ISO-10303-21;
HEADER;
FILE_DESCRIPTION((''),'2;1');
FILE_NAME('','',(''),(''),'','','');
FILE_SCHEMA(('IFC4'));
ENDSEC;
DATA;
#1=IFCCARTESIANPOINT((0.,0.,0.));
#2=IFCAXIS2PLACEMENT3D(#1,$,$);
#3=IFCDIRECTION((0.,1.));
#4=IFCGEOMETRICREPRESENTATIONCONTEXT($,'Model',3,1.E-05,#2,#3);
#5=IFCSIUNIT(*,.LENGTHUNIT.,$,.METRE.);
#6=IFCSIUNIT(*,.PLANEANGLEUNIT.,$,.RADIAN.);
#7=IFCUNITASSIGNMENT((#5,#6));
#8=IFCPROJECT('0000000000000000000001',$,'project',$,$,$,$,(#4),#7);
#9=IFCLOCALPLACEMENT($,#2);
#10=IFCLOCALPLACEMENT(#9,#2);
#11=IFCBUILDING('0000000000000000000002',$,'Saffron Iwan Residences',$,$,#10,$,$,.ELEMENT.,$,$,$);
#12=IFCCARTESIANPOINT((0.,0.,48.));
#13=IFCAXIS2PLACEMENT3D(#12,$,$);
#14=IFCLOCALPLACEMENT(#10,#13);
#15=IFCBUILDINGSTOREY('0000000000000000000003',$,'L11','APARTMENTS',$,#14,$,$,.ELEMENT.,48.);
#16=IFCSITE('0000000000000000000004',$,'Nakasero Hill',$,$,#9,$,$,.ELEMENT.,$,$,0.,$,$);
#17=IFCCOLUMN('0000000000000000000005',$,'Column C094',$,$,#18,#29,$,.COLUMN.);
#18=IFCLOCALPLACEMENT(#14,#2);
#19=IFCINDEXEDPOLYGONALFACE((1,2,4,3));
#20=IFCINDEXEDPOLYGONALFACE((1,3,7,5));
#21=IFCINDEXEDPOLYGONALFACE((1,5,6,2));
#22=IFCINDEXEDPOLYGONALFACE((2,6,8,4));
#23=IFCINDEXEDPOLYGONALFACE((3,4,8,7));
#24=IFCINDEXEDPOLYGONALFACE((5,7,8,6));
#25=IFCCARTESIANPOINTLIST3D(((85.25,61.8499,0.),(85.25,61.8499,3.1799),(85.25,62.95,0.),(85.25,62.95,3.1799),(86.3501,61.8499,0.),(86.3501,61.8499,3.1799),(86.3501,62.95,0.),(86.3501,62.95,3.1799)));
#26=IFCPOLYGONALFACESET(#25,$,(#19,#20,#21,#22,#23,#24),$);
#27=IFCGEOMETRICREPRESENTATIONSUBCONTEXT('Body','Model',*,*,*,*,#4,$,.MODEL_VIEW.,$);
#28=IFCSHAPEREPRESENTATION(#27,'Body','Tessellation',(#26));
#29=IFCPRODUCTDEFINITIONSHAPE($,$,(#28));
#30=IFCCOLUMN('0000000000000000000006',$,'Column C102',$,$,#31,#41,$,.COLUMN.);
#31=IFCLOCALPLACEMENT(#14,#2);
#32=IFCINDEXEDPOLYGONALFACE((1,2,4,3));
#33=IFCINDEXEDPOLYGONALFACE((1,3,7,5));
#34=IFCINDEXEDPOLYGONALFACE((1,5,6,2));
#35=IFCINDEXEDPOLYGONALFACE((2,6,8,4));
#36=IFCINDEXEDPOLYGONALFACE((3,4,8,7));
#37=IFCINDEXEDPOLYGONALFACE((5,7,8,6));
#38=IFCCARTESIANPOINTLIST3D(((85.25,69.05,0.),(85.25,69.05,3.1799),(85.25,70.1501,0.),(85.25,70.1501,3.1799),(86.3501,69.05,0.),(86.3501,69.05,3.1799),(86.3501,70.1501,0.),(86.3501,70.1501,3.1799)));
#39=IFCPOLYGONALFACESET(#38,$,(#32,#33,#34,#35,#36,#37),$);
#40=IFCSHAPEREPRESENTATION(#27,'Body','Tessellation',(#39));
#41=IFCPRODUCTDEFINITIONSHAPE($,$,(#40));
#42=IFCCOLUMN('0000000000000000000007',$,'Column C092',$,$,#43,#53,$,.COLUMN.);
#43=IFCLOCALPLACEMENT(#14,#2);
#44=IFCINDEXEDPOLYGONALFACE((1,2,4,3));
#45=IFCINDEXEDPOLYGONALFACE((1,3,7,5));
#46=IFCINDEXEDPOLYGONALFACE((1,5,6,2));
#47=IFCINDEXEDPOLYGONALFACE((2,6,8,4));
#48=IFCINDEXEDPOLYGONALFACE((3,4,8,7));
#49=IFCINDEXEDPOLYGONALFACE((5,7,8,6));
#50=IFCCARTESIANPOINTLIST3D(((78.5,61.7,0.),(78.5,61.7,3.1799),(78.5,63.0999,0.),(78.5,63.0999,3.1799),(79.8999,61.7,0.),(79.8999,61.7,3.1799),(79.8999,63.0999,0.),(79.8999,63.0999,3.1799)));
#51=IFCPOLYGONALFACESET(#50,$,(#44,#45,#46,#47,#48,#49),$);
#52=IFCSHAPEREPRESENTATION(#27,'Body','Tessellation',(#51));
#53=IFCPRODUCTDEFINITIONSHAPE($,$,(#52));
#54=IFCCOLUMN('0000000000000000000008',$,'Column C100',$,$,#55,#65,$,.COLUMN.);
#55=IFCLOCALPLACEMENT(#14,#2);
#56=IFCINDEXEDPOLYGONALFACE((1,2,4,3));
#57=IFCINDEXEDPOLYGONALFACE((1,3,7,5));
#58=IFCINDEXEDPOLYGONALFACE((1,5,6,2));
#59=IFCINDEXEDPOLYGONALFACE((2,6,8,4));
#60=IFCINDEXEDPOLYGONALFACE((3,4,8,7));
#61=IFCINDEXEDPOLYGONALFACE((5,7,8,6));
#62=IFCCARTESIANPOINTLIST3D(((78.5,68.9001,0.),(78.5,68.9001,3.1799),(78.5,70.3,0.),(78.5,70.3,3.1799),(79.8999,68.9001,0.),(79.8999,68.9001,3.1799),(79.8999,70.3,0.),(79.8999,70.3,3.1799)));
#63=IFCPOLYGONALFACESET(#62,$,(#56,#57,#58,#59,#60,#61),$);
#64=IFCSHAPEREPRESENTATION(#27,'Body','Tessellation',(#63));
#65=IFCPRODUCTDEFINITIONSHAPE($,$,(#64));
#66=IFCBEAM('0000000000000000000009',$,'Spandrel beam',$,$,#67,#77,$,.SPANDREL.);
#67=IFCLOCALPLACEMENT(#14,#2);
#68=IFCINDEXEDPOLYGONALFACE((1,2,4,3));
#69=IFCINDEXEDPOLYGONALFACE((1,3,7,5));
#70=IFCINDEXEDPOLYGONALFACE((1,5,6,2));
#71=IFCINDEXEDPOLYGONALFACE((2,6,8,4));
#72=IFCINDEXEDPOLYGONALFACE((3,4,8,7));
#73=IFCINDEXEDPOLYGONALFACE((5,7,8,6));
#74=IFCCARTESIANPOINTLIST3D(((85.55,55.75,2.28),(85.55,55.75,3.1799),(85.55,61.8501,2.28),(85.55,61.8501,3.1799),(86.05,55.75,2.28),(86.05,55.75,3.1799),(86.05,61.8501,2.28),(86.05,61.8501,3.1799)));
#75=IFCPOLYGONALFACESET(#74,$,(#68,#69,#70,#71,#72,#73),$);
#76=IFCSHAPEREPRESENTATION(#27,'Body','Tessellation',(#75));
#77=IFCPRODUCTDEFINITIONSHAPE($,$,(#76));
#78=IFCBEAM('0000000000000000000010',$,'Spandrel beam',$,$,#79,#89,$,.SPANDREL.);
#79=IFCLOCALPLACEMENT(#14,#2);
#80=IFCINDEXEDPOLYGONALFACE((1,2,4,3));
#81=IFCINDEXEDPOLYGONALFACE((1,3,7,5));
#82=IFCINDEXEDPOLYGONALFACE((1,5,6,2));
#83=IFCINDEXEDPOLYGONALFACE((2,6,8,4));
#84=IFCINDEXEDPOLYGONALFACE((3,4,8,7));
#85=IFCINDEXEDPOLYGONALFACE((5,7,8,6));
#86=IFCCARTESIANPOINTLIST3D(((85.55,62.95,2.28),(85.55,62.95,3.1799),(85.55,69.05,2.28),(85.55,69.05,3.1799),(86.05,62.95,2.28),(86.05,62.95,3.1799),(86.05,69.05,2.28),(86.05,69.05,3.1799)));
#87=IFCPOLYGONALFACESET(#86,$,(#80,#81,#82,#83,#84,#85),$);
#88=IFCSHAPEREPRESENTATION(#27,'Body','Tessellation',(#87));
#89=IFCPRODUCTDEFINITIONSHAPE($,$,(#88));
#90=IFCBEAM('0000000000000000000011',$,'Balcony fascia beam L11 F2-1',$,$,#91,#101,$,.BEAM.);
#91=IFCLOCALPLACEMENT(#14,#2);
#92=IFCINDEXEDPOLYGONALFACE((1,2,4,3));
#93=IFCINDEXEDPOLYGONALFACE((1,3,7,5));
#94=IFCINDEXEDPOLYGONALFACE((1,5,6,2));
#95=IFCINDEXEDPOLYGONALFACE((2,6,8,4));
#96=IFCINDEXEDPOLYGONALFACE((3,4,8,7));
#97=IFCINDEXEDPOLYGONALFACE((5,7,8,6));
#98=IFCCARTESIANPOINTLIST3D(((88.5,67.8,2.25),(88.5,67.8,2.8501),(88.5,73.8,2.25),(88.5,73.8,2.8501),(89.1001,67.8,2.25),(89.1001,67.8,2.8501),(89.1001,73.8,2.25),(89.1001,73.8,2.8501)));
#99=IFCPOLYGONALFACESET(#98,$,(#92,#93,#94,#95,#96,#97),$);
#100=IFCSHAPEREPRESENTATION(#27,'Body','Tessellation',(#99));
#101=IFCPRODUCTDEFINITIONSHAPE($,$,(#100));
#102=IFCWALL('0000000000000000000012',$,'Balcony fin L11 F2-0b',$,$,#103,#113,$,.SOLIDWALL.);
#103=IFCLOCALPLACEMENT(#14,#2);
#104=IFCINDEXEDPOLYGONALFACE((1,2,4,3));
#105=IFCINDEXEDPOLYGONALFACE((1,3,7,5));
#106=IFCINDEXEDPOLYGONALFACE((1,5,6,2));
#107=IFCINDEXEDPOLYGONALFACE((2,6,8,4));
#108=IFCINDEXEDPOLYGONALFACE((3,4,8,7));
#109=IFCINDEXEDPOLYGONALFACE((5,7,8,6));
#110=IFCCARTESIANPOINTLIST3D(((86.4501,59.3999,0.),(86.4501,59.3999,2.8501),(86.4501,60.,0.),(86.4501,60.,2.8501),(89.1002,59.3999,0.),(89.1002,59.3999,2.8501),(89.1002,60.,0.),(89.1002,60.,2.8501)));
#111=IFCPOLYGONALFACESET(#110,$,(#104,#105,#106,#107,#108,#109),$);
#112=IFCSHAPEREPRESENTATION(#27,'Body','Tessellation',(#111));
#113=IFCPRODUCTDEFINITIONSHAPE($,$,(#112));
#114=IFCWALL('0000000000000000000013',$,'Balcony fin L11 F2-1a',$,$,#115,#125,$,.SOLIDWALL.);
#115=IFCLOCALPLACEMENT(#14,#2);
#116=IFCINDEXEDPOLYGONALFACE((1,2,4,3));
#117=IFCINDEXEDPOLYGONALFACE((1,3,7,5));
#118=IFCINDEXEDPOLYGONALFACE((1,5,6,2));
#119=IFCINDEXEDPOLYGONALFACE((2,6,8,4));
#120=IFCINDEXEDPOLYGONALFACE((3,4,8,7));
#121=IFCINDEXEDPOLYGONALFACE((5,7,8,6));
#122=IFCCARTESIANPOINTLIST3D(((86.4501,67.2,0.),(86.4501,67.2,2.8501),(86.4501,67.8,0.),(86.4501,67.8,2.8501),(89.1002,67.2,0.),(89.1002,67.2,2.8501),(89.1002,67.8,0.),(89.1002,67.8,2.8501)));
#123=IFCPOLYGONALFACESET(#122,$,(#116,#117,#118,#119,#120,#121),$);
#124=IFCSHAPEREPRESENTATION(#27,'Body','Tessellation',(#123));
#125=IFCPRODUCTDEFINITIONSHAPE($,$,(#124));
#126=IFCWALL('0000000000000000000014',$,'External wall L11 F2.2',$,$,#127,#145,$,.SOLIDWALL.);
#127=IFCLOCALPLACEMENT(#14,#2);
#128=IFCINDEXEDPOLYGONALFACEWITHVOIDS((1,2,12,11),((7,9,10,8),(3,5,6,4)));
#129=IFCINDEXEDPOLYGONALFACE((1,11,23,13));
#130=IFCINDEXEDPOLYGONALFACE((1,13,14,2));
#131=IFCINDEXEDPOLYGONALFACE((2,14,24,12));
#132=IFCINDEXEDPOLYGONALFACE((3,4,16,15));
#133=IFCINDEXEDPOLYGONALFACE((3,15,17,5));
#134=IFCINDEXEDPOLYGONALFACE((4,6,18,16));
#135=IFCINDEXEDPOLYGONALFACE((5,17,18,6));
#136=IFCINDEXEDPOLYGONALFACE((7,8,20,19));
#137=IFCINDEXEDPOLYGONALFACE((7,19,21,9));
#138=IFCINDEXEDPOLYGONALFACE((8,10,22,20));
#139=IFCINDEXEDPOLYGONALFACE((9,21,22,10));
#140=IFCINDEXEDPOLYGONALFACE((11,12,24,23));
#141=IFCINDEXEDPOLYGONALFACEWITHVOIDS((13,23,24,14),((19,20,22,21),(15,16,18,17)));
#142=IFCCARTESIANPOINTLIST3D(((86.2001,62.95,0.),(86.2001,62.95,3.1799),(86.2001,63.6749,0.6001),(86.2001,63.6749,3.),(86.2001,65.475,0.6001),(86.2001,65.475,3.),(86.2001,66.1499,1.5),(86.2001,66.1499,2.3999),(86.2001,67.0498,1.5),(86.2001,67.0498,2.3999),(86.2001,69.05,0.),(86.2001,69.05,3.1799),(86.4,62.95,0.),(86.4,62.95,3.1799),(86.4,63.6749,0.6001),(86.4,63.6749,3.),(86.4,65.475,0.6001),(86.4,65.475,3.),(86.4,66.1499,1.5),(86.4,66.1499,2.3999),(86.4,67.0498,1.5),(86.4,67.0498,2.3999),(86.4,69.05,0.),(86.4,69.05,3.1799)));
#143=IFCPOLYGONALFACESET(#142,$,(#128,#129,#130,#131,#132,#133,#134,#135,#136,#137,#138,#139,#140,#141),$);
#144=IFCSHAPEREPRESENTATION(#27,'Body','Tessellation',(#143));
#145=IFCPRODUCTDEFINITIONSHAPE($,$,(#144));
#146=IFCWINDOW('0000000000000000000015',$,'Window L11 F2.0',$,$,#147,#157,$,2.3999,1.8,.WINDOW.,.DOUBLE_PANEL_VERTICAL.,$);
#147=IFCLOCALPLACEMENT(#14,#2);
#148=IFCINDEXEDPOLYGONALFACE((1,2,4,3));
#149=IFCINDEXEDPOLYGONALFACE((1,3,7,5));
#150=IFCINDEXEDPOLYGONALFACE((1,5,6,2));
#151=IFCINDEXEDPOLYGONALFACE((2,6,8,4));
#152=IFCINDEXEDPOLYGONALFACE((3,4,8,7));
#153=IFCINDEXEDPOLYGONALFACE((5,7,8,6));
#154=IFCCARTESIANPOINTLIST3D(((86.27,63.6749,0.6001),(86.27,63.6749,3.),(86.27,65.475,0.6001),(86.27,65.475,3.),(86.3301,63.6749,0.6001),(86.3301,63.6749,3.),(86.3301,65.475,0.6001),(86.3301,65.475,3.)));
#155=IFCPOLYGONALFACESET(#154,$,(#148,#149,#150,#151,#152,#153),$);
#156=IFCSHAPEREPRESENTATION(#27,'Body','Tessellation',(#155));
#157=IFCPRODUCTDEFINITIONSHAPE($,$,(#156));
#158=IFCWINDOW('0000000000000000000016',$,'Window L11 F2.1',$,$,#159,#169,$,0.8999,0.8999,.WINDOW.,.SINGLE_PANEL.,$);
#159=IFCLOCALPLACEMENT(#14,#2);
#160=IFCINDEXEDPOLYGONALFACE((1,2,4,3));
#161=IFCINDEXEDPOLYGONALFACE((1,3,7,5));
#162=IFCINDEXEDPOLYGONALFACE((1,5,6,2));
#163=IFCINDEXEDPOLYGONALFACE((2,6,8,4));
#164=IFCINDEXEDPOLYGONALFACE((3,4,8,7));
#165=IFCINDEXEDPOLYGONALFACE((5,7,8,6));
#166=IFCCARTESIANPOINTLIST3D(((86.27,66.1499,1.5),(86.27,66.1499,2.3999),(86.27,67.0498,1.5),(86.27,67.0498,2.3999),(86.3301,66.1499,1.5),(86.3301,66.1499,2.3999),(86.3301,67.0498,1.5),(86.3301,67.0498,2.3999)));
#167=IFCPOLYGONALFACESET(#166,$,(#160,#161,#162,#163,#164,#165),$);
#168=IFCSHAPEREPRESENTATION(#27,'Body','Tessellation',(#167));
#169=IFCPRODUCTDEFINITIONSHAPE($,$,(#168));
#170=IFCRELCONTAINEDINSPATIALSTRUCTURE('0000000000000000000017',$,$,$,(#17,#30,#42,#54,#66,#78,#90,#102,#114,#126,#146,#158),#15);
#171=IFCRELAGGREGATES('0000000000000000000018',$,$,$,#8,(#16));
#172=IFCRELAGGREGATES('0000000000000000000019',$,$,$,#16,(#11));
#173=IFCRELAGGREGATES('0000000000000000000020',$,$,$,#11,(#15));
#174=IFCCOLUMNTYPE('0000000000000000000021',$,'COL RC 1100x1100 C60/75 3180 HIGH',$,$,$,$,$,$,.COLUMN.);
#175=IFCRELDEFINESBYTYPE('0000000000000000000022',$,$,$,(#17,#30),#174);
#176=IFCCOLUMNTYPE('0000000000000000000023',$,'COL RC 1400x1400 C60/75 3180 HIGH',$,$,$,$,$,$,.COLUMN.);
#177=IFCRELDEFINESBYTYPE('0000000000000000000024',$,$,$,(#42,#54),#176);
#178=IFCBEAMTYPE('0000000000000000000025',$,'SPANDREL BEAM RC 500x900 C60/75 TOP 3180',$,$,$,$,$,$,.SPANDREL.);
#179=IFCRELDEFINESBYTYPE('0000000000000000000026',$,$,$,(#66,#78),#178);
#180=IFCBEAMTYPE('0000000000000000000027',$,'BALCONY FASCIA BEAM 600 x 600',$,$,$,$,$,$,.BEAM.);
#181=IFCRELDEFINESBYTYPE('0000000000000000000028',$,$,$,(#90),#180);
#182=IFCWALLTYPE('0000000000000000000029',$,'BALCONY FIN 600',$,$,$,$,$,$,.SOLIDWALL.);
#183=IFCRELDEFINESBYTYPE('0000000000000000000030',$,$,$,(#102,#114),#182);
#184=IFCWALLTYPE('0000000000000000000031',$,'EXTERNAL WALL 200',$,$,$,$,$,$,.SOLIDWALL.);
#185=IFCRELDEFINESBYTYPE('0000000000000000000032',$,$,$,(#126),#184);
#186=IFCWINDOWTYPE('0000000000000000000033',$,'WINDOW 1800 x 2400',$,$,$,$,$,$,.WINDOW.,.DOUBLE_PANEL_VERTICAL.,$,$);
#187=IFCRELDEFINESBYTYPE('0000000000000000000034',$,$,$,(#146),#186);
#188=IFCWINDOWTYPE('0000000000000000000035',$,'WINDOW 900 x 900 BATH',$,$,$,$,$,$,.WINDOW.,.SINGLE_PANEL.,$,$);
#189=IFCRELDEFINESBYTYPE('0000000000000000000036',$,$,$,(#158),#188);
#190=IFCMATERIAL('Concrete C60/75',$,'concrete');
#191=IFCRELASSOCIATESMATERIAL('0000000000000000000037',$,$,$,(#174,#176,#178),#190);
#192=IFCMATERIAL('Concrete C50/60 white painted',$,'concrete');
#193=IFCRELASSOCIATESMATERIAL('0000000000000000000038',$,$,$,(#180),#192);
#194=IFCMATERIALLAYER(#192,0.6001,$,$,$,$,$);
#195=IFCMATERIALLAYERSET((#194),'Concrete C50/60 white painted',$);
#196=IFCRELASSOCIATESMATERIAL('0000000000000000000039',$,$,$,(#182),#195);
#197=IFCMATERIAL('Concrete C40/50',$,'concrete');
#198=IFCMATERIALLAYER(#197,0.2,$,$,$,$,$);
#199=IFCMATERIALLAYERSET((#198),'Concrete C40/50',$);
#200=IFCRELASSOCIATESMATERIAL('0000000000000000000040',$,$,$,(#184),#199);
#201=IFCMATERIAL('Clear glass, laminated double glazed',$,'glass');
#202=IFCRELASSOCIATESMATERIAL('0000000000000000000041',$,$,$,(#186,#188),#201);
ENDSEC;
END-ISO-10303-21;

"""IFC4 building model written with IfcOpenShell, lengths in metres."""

from ifc_helpers import new_model, si_unit, direction, frame, frame_2d, origin, origin_2d, place, context, subcontext, project, spatial, rectangle, extrude, source, transform, mapped, material, layer, layer_set, material_profile, profile_set, type_object, element, fill, save


model = new_model("IFC4")

# Units and contexts
model_context = context("Model", 3, precision=1e-05, world=origin(), true_north=direction((0.0, 1.0)))
body_context = subcontext(model_context, "Body", "Model", "MODEL_VIEW")
ifc_project = project(units=[si_unit("LENGTHUNIT", "METRE"), si_unit("PLANEANGLEUNIT", "RADIAN")], contexts=[model_context])

# Site, building, storey
site_placement = place(None, origin())
site = spatial("IfcSite", under=ifc_project, at=site_placement, Name="Nakasero Hill", CompositionType="ELEMENT", RefElevation=0.0)
building_placement = place(site_placement, origin())
building = spatial("IfcBuilding", under=site, at=building_placement, Name="Saffron Iwan Residences", CompositionType="ELEMENT")
storey_placement = place(building_placement, frame((0.0, 0.0, 48.0)))
storey = spatial("IfcBuildingStorey", under=building, at=storey_placement, Name="L11", Description="APARTMENTS", CompositionType="ELEMENT", Elevation=48.0)

# Columns
ifc_material_1 = material(Name="Concrete C60/75", Category="concrete")
ifc_material_profile_1 = material_profile(ifc_material_1, rectangle(XDim=1.1001, YDim=1.1001, at=origin_2d()), Name="RC 1100x1100")
ifc_profile_set_1 = profile_set([ifc_material_profile_1], Name="Concrete C60/75")
column_type_1 = type_object("IfcColumnType", Name="COL RC 1100x1100 C60/75 3180 HIGH", PredefinedType="COLUMN", material=ifc_profile_set_1)
shared_shape_1 = source(origin(), body_context, "Body", "SweptSolid", [
    extrude(rectangle(XDim=1.1001, YDim=1.1001, at=origin_2d()), origin(), (0.0, 0.0, 1.0), 3.1799),
])
for number, where, z_axis, x_axis, name in (
    (1, (85.8, 62.3999, 0.0), (0.0, 0.0, 1.0), (1.0, 0.0, 0.0), "Column C094"),
    (2, (85.8, 69.6001, 0.0), (0.0, 0.0, 1.0), (1.0, 0.0, 0.0), "Column C102"),
):
    element("IfcColumn", number, at=place(storey_placement, frame(where, z_axis=z_axis, x_axis=x_axis)), inside=storey, type_object=column_type_1, Name=name, PredefinedType="COLUMN", context=body_context, shape_type="MappedRepresentation", body=[
        mapped(shared_shape_1, transform((0.0, 0.0, 0.0))),
    ])
ifc_material_profile_2 = material_profile(ifc_material_1, rectangle(XDim=1.3999, YDim=1.3999, at=origin_2d()), Name="RC 1400x1400")
ifc_profile_set_2 = profile_set([ifc_material_profile_2], Name="Concrete C60/75")
column_type_2 = type_object("IfcColumnType", Name="COL RC 1400x1400 C60/75 3180 HIGH", PredefinedType="COLUMN", material=ifc_profile_set_2)
shared_shape_2 = source(origin(), body_context, "Body", "SweptSolid", [
    extrude(rectangle(XDim=1.3999, YDim=1.3999, at=origin_2d()), origin(), (0.0, 0.0, 1.0), 3.1799),
])
for number, where, z_axis, x_axis, name in (
    (3, (79.2, 62.3999, 0.0), (0.0, 0.0, 1.0), (1.0, 0.0, 0.0), "Column C092"),
    (4, (79.2, 69.6001, 0.0), (0.0, 0.0, 1.0), (1.0, 0.0, 0.0), "Column C100"),
):
    element("IfcColumn", number, at=place(storey_placement, frame(where, z_axis=z_axis, x_axis=x_axis)), inside=storey, type_object=column_type_2, Name=name, PredefinedType="COLUMN", context=body_context, shape_type="MappedRepresentation", body=[
        mapped(shared_shape_2, transform((0.0, 0.0, 0.0))),
    ])

# Beams
ifc_material_profile_3 = material_profile(ifc_material_1, rectangle(XDim=0.5, YDim=0.8999, at=origin_2d()), Name="RC 500x900")
ifc_profile_set_3 = profile_set([ifc_material_profile_3], Name="Concrete C60/75")
beam_type_1 = type_object("IfcBeamType", Name="SPANDREL BEAM RC 500x900 C60/75 TOP 3180", PredefinedType="SPANDREL", material=ifc_profile_set_3)
shared_shape_3 = source(origin(), body_context, "Body", "SweptSolid", [
    extrude(rectangle(XDim=0.5, YDim=0.8999, at=origin_2d()), origin(), (0.0, 0.0, 1.0), 6.1001),
])
for number, where, z_axis, x_axis, name in (
    (5, (85.8, 61.8501, 2.73), (0.0, -1.0, 0.0), (1.0, 0.0, 0.0), "Spandrel beam"),
    (6, (85.8, 69.05, 2.73), (0.0, -1.0, 0.0), (1.0, 0.0, 0.0), "Spandrel beam"),
):
    element("IfcBeam", number, at=place(storey_placement, frame(where, z_axis=z_axis, x_axis=x_axis)), inside=storey, type_object=beam_type_1, Name=name, PredefinedType="SPANDREL", context=body_context, shape_type="MappedRepresentation", body=[
        mapped(shared_shape_3, transform((0.0, 0.0, 0.0))),
    ])
ifc_material_2 = material(Name="Concrete C50/60 white painted", Category="concrete")
ifc_material_profile_4 = material_profile(ifc_material_2, rectangle(XDim=0.6001, YDim=0.6001, at=origin_2d()), Name="BALCONY FASCIA BEAM 600 x 600")
ifc_profile_set_4 = profile_set([ifc_material_profile_4], Name="Concrete C50/60 white painted")
beam_type_2 = type_object("IfcBeamType", Name="BALCONY FASCIA BEAM 600 x 600", PredefinedType="BEAM", material=ifc_profile_set_4)
shared_shape_4 = source(origin(), body_context, "Body", "SweptSolid", [
    extrude(rectangle(XDim=0.6001, YDim=0.6001, at=origin_2d()), origin(), (0.0, 0.0, 1.0), 6.0),
])
beam_placement = place(storey_placement, frame((88.8, 67.8, 2.55), z_axis=(0.0, 1.0, 0.0), x_axis=(-1.0, 0.0, 0.0)))
element("IfcBeam", 7, at=beam_placement, inside=storey, type_object=beam_type_2, Name="Balcony fascia beam L11 F2-1", PredefinedType="BEAM", context=body_context, shape_type="MappedRepresentation", body=[
    mapped(shared_shape_4, transform((0.0, 0.0, 0.0))),
])

# Walls
ifc_layer_1 = layer(ifc_material_2, 0.6001)
ifc_layer_set_1 = layer_set([ifc_layer_1], Name="Concrete C50/60 white painted")
wall_type_1 = type_object("IfcWallType", Name="BALCONY FIN 600", PredefinedType="SOLIDWALL", material=ifc_layer_set_1)
for number, where, z_axis, x_axis, name in (
    (8, (86.45, 59.7, 0.0), (0.0, 0.0, 1.0), (1.0, 0.0, 0.0), "Balcony fin L11 F2-0b"),
    (9, (86.45, 67.5, 0.0), (0.0, 0.0, 1.0), (1.0, 0.0, 0.0), "Balcony fin L11 F2-1a"),
):
    element("IfcWall", number, at=place(storey_placement, frame(where, z_axis=z_axis, x_axis=x_axis)), inside=storey, type_object=wall_type_1, Name=name, PredefinedType="SOLIDWALL", context=body_context, shape_type="SweptSolid", body=[
        extrude(rectangle(XDim=2.6501, YDim=0.6001, at=frame_2d((1.3252, 0.0))), origin(), (0.0, 0.0, 1.0), 2.8501),
    ])

# Wall, openings, windows
ifc_material_3 = material(Name="Concrete C40/50", Category="concrete")
ifc_layer_2 = layer(ifc_material_3, 0.2)
ifc_layer_set_2 = layer_set([ifc_layer_2], Name="Concrete C40/50")
wall_type_2 = type_object("IfcWallType", Name="EXTERNAL WALL 200", PredefinedType="SOLIDWALL", material=ifc_layer_set_2)
wall_1_placement = place(storey_placement, frame((86.3, 62.95, 0.0), z_axis=(0.0, 0.0, 1.0), x_axis=(0.0, 1.0, 0.0)))
wall_1 = element("IfcWall", 10, at=wall_1_placement, inside=storey, type_object=wall_type_2, Name="External wall L11 F2.2", PredefinedType="SOLIDWALL", context=body_context, shape_type="SweptSolid", body=[
    extrude(rectangle(XDim=6.1001, YDim=0.2, at=frame_2d((3.05, 0.0))), origin(), (0.0, 0.0, 1.0), 3.1799),
])
opening_1_placement = place(wall_1_placement, frame((0.7251, 0.0, 0.6001)))
opening_1 = element("IfcOpeningElement", 11, at=opening_1_placement, cuts=wall_1, PredefinedType="OPENING", context=body_context, shape_type="SweptSolid", body=[
    extrude(rectangle(XDim=1.8, YDim=2.3999, at=frame_2d((0.8999, 1.2))), frame((0.0, 0.1099, 0.0), z_axis=(0.0, -1.0, 0.0), x_axis=(1.0, 0.0, 0.0)), (0.0, 0.0, 1.0), 0.22),
])
opening_2_placement = place(wall_1_placement, frame((3.2, 0.0, 1.5)))
opening_2 = element("IfcOpeningElement", 12, at=opening_2_placement, cuts=wall_1, PredefinedType="OPENING", context=body_context, shape_type="SweptSolid", body=[
    extrude(rectangle(XDim=0.8999, YDim=0.8999, at=frame_2d((0.45, 0.45))), frame((0.0, 0.1099, 0.0), z_axis=(0.0, -1.0, 0.0), x_axis=(1.0, 0.0, 0.0)), (0.0, 0.0, 1.0), 0.22),
])
ifc_material_4 = material(Name="Clear glass, laminated double glazed", Category="glass")
window_type_1 = type_object("IfcWindowType", Name="WINDOW 1800 x 2400", PartitioningType="DOUBLE_PANEL_VERTICAL", PredefinedType="WINDOW", material=ifc_material_4)
window_1_placement = place(opening_1_placement, origin())
window_1 = element("IfcWindow", 13, at=window_1_placement, inside=storey, type_object=window_type_1, Name="Window L11 F2.0", OverallHeight=2.3999, OverallWidth=1.8, PartitioningType="DOUBLE_PANEL_VERTICAL", PredefinedType="WINDOW", context=body_context, shape_type="SweptSolid", body=[
    extrude(rectangle(XDim=1.8, YDim=2.3999, at=frame_2d((0.8999, 1.2))), frame((0.0, 0.03, 0.0), z_axis=(0.0, -1.0, 0.0), x_axis=(1.0, 0.0, 0.0)), (0.0, 0.0, 1.0), 0.0601),
])
fill(opening_1, window_1)
window_type_2 = type_object("IfcWindowType", Name="WINDOW 900 x 900 BATH", PartitioningType="SINGLE_PANEL", PredefinedType="WINDOW", material=ifc_material_4)
window_2_placement = place(opening_2_placement, origin())
window_2 = element("IfcWindow", 14, at=window_2_placement, inside=storey, type_object=window_type_2, Name="Window L11 F2.1", OverallHeight=0.8999, OverallWidth=0.8999, PartitioningType="SINGLE_PANEL", PredefinedType="WINDOW", context=body_context, shape_type="SweptSolid", body=[
    extrude(rectangle(XDim=0.8999, YDim=0.8999, at=frame_2d((0.45, 0.45))), frame((0.0, 0.03, 0.0), z_axis=(0.0, -1.0, 0.0), x_axis=(1.0, 0.0, 0.0)), (0.0, 0.0, 1.0), 0.0601),
])
fill(opening_2, window_2)

save(model, "model.ifc")
